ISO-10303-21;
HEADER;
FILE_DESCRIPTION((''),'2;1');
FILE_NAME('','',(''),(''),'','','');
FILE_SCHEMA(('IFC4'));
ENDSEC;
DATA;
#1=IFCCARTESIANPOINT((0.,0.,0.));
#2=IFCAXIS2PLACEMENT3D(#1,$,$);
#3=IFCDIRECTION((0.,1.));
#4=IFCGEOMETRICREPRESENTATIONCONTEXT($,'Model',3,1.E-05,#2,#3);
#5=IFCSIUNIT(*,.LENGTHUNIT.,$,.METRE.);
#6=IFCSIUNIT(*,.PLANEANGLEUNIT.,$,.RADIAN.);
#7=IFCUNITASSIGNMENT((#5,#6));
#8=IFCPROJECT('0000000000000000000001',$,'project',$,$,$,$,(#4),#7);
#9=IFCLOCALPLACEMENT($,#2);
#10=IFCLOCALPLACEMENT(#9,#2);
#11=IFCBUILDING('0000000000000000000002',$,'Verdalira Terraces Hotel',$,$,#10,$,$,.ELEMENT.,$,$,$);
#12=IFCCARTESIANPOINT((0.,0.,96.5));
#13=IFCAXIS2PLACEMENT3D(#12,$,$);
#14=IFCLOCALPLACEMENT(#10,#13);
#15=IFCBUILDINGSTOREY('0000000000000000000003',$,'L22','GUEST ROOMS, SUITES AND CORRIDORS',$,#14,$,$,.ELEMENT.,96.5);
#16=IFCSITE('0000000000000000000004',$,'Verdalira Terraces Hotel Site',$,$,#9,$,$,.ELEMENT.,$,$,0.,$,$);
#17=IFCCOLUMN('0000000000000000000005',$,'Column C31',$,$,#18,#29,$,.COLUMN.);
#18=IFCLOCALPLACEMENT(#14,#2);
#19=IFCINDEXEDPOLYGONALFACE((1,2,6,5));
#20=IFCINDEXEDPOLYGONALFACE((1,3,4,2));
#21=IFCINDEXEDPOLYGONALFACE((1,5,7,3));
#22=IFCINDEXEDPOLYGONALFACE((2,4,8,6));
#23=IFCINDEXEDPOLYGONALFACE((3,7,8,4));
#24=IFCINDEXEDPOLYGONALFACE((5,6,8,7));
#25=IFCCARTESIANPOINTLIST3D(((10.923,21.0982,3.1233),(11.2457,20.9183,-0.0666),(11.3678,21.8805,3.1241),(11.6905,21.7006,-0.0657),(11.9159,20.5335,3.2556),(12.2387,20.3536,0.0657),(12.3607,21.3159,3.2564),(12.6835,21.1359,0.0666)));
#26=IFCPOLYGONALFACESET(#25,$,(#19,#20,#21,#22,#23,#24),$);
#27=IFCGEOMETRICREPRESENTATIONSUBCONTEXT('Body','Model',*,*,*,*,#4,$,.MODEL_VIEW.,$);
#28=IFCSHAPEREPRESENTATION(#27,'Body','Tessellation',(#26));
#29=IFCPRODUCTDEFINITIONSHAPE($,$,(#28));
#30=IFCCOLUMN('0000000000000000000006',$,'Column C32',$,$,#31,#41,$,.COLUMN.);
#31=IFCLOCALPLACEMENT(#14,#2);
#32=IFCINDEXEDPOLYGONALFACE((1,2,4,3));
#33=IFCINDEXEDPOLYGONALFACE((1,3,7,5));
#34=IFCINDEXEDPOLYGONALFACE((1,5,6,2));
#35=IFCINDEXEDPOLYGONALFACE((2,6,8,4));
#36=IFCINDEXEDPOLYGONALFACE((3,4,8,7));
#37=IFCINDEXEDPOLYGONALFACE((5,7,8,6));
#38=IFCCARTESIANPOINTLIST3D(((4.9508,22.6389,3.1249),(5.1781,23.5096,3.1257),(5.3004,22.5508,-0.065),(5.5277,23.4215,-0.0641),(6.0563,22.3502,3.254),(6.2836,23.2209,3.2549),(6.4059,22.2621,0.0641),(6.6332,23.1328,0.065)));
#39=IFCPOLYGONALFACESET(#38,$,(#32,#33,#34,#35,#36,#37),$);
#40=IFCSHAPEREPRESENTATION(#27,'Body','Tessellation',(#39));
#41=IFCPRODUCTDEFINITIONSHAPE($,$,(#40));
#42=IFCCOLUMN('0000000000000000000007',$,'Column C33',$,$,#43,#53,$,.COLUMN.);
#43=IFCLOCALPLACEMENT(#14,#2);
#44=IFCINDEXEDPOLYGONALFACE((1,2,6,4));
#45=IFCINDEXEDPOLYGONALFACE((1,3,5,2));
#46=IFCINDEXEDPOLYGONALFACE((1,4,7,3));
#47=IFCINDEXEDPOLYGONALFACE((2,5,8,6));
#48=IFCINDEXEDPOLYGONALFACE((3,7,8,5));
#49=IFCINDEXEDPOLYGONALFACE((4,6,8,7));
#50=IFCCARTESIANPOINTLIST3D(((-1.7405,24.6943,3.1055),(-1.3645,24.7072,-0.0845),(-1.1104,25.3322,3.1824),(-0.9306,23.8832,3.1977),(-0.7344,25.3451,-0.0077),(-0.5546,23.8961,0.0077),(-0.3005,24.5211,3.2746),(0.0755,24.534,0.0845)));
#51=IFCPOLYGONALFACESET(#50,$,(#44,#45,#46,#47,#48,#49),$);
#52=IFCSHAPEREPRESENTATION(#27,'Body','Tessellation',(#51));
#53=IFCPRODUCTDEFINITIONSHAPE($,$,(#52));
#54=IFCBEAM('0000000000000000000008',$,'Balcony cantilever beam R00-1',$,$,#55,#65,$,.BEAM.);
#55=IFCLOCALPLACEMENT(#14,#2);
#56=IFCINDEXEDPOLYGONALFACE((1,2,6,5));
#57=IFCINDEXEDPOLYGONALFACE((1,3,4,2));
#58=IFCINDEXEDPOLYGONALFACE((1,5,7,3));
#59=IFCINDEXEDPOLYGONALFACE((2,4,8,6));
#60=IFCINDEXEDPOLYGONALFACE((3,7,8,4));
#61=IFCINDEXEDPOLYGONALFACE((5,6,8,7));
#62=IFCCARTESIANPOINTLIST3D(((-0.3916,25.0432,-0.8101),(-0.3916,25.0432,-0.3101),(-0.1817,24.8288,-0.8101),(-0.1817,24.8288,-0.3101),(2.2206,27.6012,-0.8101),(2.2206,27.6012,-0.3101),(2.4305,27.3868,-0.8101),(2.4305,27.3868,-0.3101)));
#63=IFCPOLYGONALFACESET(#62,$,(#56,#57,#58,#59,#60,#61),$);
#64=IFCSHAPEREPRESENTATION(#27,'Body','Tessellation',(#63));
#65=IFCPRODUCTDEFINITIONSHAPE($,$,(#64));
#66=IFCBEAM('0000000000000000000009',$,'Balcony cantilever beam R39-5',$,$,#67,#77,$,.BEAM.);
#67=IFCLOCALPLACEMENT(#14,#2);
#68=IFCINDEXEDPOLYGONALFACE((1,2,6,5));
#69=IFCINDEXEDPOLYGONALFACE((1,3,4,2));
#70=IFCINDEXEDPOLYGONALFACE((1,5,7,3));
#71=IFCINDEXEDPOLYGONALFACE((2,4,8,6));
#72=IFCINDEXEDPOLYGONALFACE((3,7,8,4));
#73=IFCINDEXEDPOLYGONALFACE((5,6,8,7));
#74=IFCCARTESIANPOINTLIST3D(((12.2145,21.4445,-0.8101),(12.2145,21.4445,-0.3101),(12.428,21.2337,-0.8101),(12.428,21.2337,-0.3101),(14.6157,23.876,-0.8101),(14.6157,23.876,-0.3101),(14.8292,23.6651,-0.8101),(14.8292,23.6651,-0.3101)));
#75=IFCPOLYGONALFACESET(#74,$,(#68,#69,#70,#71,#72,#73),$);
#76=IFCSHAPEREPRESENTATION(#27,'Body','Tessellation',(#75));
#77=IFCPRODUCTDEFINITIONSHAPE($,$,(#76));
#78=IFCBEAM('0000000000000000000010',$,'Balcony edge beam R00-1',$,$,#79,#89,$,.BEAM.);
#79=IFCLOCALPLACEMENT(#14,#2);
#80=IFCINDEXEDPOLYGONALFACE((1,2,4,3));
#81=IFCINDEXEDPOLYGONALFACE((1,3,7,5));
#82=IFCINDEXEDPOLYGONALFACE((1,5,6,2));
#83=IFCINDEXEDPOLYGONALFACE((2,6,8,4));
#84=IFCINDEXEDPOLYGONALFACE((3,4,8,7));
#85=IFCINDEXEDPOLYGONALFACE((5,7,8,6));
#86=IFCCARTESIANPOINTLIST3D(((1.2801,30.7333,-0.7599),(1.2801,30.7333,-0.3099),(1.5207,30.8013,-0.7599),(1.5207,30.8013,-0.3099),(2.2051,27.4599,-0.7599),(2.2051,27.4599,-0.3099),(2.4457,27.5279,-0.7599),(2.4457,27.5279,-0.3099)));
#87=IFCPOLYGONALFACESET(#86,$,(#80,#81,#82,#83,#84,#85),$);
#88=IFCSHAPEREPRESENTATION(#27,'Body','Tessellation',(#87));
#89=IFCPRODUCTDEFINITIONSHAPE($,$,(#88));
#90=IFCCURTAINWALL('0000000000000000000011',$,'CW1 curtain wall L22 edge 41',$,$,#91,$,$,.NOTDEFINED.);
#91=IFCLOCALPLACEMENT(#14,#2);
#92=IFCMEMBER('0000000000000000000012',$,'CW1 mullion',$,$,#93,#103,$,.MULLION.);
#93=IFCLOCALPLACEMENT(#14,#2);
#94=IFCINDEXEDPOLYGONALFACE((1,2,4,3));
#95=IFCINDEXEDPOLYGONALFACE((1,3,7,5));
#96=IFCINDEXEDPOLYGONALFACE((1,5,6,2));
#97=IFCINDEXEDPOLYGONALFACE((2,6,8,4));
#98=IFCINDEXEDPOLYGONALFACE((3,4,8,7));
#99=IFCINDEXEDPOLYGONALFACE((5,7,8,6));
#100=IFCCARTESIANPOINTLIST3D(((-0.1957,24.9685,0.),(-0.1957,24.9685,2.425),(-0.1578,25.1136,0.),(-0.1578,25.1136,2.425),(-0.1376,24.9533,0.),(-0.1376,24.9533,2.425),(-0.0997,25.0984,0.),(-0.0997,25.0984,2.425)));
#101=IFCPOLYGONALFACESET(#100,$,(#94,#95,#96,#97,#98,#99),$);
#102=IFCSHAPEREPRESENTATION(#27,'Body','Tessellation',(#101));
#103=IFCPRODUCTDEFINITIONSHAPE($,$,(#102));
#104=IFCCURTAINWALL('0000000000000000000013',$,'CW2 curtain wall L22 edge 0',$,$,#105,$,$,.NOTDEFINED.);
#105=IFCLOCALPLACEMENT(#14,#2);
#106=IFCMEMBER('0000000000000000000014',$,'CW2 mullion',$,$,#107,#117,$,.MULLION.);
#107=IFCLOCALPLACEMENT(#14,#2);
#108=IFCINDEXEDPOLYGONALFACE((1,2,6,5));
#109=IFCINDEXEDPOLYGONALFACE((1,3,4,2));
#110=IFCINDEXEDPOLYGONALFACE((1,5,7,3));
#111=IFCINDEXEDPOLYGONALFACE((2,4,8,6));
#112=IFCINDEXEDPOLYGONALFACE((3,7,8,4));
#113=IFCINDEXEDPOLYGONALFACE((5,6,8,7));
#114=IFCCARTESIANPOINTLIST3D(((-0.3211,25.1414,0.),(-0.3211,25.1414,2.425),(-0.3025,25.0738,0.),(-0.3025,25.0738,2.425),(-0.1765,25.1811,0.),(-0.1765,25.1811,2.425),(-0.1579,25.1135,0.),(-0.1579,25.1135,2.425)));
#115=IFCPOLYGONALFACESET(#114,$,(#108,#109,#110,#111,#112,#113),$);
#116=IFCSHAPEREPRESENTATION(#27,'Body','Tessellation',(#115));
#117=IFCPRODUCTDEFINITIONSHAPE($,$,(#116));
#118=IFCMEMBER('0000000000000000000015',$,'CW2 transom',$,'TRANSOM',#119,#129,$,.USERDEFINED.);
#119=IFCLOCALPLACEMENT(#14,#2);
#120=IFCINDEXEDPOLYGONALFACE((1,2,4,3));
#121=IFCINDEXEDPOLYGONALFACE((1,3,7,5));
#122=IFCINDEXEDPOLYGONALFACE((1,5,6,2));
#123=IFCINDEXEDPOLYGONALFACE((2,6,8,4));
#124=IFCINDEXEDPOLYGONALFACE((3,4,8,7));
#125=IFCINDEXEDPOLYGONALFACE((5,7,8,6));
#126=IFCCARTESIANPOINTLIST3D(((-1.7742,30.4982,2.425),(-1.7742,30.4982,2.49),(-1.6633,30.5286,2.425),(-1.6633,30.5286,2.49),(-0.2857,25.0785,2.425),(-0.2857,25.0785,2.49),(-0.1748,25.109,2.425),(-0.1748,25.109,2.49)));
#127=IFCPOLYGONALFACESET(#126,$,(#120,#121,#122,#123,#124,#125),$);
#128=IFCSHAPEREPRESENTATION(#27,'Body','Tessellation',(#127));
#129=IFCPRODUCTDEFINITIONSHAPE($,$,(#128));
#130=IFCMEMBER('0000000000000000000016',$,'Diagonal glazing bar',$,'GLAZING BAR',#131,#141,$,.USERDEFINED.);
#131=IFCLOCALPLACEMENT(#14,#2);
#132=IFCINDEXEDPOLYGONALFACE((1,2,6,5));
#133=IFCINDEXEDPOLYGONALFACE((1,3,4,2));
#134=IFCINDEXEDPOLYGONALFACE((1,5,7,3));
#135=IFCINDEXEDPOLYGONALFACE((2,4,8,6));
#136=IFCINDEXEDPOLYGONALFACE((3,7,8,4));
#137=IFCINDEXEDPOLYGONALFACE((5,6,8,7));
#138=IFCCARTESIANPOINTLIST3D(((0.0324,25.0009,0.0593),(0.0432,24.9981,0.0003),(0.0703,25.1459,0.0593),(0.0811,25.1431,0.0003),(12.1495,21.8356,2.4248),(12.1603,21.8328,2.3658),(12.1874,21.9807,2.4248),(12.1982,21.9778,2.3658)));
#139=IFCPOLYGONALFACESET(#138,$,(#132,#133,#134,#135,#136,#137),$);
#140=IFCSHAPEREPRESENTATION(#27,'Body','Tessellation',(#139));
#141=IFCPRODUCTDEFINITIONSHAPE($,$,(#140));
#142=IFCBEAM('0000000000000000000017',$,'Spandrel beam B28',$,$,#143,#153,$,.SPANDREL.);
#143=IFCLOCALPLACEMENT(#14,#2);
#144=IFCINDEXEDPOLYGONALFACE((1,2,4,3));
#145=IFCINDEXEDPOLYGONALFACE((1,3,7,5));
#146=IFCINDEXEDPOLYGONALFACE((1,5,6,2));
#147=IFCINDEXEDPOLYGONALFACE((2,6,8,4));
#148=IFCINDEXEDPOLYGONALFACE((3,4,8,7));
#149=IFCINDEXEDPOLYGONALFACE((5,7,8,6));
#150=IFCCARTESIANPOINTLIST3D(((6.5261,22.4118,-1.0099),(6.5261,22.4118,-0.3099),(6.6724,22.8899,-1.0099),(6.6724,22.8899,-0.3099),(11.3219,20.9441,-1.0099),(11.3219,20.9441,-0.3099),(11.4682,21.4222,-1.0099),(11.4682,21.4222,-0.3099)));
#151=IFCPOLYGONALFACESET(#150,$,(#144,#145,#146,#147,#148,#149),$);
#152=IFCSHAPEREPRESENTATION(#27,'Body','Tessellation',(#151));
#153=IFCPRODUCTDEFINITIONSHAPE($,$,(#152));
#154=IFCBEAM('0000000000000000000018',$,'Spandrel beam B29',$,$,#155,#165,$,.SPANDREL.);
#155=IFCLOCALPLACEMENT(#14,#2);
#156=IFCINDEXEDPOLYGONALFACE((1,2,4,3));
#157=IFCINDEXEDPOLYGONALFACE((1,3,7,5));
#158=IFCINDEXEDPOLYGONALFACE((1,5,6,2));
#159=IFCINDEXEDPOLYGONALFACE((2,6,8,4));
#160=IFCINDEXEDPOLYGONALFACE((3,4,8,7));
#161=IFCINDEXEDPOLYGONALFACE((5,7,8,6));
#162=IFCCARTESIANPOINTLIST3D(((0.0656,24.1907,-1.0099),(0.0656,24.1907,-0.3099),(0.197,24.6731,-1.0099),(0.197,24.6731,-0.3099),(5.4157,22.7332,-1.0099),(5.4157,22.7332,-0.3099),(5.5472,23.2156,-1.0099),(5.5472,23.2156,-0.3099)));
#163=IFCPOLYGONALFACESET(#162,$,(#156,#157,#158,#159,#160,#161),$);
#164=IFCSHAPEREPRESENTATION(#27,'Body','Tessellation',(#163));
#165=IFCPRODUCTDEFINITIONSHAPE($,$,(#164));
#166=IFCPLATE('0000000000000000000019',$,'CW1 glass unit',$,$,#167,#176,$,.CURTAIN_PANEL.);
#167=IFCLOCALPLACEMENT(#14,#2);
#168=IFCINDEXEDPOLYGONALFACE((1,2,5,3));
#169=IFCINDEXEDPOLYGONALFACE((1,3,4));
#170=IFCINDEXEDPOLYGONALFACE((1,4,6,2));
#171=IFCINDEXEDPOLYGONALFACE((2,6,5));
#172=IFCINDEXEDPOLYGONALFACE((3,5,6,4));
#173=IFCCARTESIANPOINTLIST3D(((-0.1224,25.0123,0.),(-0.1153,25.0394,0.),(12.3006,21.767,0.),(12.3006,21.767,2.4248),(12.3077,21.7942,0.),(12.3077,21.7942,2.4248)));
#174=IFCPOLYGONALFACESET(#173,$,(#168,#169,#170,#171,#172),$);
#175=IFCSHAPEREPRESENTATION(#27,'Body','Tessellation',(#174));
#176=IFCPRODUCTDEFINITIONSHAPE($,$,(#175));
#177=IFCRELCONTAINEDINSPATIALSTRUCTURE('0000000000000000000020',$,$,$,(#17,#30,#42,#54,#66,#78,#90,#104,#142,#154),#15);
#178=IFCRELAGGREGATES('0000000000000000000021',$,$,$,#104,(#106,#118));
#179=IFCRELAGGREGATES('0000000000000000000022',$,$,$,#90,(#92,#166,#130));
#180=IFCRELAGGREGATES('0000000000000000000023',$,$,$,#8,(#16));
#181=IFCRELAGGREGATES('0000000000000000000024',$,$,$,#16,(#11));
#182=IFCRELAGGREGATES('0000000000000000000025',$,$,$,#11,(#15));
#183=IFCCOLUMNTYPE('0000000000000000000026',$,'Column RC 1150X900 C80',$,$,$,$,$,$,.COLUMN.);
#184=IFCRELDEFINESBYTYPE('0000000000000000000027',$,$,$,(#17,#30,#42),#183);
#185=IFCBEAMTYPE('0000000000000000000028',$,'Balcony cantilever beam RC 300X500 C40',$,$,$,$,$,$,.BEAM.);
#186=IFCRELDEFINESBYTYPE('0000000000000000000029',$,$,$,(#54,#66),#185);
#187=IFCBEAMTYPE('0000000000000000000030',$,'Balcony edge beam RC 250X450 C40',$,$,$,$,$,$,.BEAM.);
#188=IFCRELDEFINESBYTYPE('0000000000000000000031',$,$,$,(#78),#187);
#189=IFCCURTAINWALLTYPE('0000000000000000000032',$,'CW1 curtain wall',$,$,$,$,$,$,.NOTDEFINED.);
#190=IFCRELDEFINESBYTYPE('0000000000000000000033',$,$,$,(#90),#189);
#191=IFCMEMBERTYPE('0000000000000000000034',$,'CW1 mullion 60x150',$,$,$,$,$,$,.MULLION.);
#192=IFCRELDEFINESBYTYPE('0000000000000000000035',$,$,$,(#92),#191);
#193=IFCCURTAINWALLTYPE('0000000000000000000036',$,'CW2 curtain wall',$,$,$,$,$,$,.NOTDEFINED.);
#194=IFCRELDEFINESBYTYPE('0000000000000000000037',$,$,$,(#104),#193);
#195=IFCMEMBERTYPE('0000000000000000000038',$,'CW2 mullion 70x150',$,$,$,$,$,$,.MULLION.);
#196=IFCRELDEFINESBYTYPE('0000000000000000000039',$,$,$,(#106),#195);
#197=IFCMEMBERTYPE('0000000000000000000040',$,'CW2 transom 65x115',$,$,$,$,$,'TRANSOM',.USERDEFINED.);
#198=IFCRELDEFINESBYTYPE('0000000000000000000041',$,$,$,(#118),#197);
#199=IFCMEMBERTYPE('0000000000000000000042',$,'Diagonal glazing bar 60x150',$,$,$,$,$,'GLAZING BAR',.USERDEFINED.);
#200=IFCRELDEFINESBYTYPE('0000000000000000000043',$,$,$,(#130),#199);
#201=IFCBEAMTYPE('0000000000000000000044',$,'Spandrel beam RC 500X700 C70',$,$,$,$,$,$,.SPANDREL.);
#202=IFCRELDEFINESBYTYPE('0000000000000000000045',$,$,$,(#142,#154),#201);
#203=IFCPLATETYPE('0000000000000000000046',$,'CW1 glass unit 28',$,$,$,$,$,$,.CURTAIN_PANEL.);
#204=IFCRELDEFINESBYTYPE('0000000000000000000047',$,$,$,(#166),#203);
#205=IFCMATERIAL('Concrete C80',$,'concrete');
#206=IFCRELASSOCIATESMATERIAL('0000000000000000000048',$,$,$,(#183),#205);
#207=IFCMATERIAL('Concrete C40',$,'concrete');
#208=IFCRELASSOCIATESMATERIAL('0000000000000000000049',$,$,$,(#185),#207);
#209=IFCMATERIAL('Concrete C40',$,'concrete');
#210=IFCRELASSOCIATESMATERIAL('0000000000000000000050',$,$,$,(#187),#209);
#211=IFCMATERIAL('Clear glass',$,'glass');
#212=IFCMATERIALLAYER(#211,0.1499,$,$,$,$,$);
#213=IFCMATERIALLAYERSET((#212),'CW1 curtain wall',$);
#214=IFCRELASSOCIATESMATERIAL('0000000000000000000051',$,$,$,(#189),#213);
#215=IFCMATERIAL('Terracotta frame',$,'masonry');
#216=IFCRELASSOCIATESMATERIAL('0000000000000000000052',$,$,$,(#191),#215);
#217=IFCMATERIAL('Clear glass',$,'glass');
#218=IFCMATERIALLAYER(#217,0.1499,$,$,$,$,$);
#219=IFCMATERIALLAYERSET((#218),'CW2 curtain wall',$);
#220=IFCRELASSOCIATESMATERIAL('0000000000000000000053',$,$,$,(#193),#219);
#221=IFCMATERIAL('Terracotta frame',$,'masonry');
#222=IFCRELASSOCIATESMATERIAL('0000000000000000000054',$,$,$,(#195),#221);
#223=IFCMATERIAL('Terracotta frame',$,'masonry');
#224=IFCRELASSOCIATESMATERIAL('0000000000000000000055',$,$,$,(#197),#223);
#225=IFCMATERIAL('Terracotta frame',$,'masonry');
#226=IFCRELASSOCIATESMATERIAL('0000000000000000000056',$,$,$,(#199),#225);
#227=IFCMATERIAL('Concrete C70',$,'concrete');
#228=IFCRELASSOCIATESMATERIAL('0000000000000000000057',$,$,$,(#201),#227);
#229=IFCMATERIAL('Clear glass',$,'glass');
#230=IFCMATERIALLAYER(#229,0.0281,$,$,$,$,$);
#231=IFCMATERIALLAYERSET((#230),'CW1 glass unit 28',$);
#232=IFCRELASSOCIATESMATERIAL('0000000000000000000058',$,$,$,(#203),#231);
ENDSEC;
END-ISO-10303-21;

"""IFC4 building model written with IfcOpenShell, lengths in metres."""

from ifc_helpers import new_model, si_unit, direction, frame, origin, origin_2d, place, context, subcontext, project, spatial, polyline, rectangle, outline, extrude, material, layer, layer_set, material_profile, profile_set, type_object, element, aggregate, save


model = new_model("IFC4")

# Units and contexts
model_context = context("Model", 3, precision=1e-05, world=origin(), true_north=direction((0.0, 1.0)))
body_context = subcontext(model_context, "Body", "Model", "MODEL_VIEW")
ifc_project = project(units=[si_unit("LENGTHUNIT", "METRE"), si_unit("PLANEANGLEUNIT", "RADIAN")], contexts=[model_context])

# Site, building, storey
site_placement = place(None, origin())
site = spatial("IfcSite", under=ifc_project, at=site_placement, Name="Verdalira Terraces Hotel Site", CompositionType="ELEMENT", RefElevation=0.0)
building_placement = place(site_placement, origin())
building = spatial("IfcBuilding", under=site, at=building_placement, Name="Verdalira Terraces Hotel", CompositionType="ELEMENT")
storey_placement = place(building_placement, frame((0.0, 0.0, 96.5)))
storey = spatial("IfcBuildingStorey", under=building, at=storey_placement, Name="L22", Description="GUEST ROOMS, SUITES AND CORRIDORS", CompositionType="ELEMENT", Elevation=96.5)

# Columns
ifc_material_1 = material(Name="Concrete C80", Category="concrete")
ifc_material_profile_1 = material_profile(ifc_material_1, rectangle(XDim=1.1499, YDim=0.8999, at=origin_2d()), Name="RC 1150X900")
ifc_profile_set_1 = profile_set([ifc_material_profile_1], Name="Concrete C80")
column_type = type_object("IfcColumnType", Name="Column RC 1150X900 C80", PredefinedType="COLUMN", material=ifc_profile_set_1)
column_1_placement = place(storey_placement, frame((11.9646, 21.0271, 0.0), z_axis=(-0.100507, 0.056031, 0.993357), x_axis=(0.8635, -0.491047, 0.115066)))
element("IfcColumn", 1, at=column_1_placement, inside=storey, type_object=column_type, Name="Column C31", PredefinedType="COLUMN", context=body_context, shape_type="SweptSolid", body=[
    extrude(rectangle(XDim=1.1499, YDim=0.8999, at=origin_2d()), origin(), (0.0, 0.0, 1.0), 3.2112),
])
column_2_placement = place(storey_placement, frame((5.9668, 22.8418, 0.0), z_axis=(-0.108904, 0.027454, 0.993673), x_axis=(-0.961432, 0.251068, -0.112307)))
element("IfcColumn", 2, at=column_2_placement, inside=storey, type_object=column_type, Name="Column C32", PredefinedType="COLUMN", context=body_context, shape_type="SweptSolid", body=[
    extrude(rectangle(XDim=1.1499, YDim=0.8999, at=origin_2d()), origin(), (0.0, 0.0, 1.0), 3.2102),
])
column_3_placement = place(storey_placement, frame((-0.6445, 24.6206, 0.0), z_axis=(-0.117052, -0.004028, 0.993118), x_axis=(0.704298, -0.705366, 0.08015)))
element("IfcColumn", 3, at=column_3_placement, inside=storey, type_object=column_type, Name="Column C33", PredefinedType="COLUMN", context=body_context, shape_type="SweptSolid", body=[
    extrude(rectangle(XDim=1.1499, YDim=0.8999, at=origin_2d()), origin(), (0.0, 0.0, 1.0), 3.2122),
])

# Beams
ifc_material_2 = material(Name="Concrete C40", Category="concrete")
ifc_material_profile_2 = material_profile(ifc_material_2, rectangle(XDim=0.3, YDim=0.5, at=origin_2d()), Name="RC 300X500")
ifc_profile_set_2 = profile_set([ifc_material_profile_2], Name="Concrete C40")
beam_type_1 = type_object("IfcBeamType", Name="Balcony cantilever beam RC 300X500 C40", PredefinedType="BEAM", material=ifc_profile_set_2)
beam_1_placement = place(storey_placement, frame((-0.2866, 24.936, -0.5601), z_axis=(0.714481, 0.699655, 0.0), x_axis=(-0.699655, 0.714481, 0.0)))
element("IfcBeam", 4, at=beam_1_placement, inside=storey, type_object=beam_type_1, Name="Balcony cantilever beam R00-1", PredefinedType="BEAM", context=body_context, shape_type="SweptSolid", body=[
    extrude(rectangle(XDim=0.3, YDim=0.5, at=origin_2d()), origin(), (0.0, 0.0, 1.0), 3.656),
])
beam_2_placement = place(storey_placement, frame((12.3213, 21.3391, -0.5601), z_axis=(0.702663, 0.711523, 0.0), x_axis=(-0.711523, 0.702663, 0.0)))
element("IfcBeam", 5, at=beam_2_placement, inside=storey, type_object=beam_type_1, Name="Balcony cantilever beam R39-5", PredefinedType="BEAM", context=body_context, shape_type="SweptSolid", body=[
    extrude(rectangle(XDim=0.3, YDim=0.5, at=origin_2d()), origin(), (0.0, 0.0, 1.0), 3.4172),
])
ifc_material_3 = material(Name="Concrete C40", Category="concrete")
ifc_material_profile_3 = material_profile(ifc_material_3, rectangle(XDim=0.25, YDim=0.45, at=origin_2d()), Name="RC 250X450")
ifc_profile_set_3 = profile_set([ifc_material_profile_3], Name="Concrete C40")
beam_type_2 = type_object("IfcBeamType", Name="Balcony edge beam RC 250X450 C40", PredefinedType="BEAM", material=ifc_profile_set_3)
beam_3_placement = place(storey_placement, frame((2.3254, 27.4939, -0.5349), z_axis=(-0.271943, 0.962313, 0.0), x_axis=(-0.962313, -0.271943, 0.0)))
element("IfcBeam", 6, at=beam_3_placement, inside=storey, type_object=beam_type_2, Name="Balcony edge beam R00-1", PredefinedType="BEAM", context=body_context, shape_type="SweptSolid", body=[
    extrude(rectangle(XDim=0.25, YDim=0.45, at=origin_2d()), origin(), (0.0, 0.0, 1.0), 3.4016),
])

# Curtain wall, member
ifc_material_4 = material(Name="Clear glass", Category="glass")
ifc_layer_1 = layer(ifc_material_4, 0.1499)
ifc_layer_set_1 = layer_set([ifc_layer_1], Name="CW1 curtain wall")
curtain_wall_type_1 = type_object("IfcCurtainWallType", Name="CW1 curtain wall", PredefinedType="NOTDEFINED", material=ifc_layer_set_1)
curtain_wall_1_placement = place(storey_placement, origin())
curtain_wall_1 = element("IfcCurtainWall", 7, at=curtain_wall_1_placement, inside=storey, type_object=curtain_wall_type_1, Name="CW1 curtain wall L22 edge 41", PredefinedType="NOTDEFINED")
ifc_material_5 = material(Name="Terracotta frame", Category="masonry")
ifc_material_profile_4 = material_profile(ifc_material_5, rectangle(XDim=0.0601, YDim=0.1499, at=origin_2d()), Name="MU 60x150")
ifc_profile_set_4 = profile_set([ifc_material_profile_4], Name="Terracotta frame")
member_type_1 = type_object("IfcMemberType", Name="CW1 mullion 60x150", PredefinedType="MULLION", material=ifc_profile_set_4)
member_1_placement = place(storey_placement, frame((-0.1477, 25.0334, 0.0), z_axis=(0.0, 0.0, 1.0), x_axis=(-0.967533, 0.252745, 0.0)))
member_1 = element("IfcMember", 8, at=member_1_placement, type_object=member_type_1, Name="CW1 mullion", PredefinedType="MULLION", context=body_context, shape_type="SweptSolid", body=[
    extrude(rectangle(XDim=0.0601, YDim=0.1499, at=origin_2d()), origin(), (0.0, 0.0, 1.0), 2.425),
])

# Curtain wall, members
ifc_material_6 = material(Name="Clear glass", Category="glass")
ifc_layer_2 = layer(ifc_material_6, 0.1499)
ifc_layer_set_2 = layer_set([ifc_layer_2], Name="CW2 curtain wall")
curtain_wall_type_2 = type_object("IfcCurtainWallType", Name="CW2 curtain wall", PredefinedType="NOTDEFINED", material=ifc_layer_set_2)
curtain_wall_2_placement = place(storey_placement, origin())
curtain_wall_2 = element("IfcCurtainWall", 9, at=curtain_wall_2_placement, inside=storey, type_object=curtain_wall_type_2, Name="CW2 curtain wall L22 edge 0", PredefinedType="NOTDEFINED")
ifc_material_7 = material(Name="Terracotta frame", Category="masonry")
ifc_material_profile_5 = material_profile(ifc_material_7, rectangle(XDim=0.0701, YDim=0.1499, at=origin_2d()), Name="MU 70x150")
ifc_profile_set_5 = profile_set([ifc_material_profile_5], Name="Terracotta frame")
member_type_2 = type_object("IfcMemberType", Name="CW2 mullion 70x150", PredefinedType="MULLION", material=ifc_profile_set_5)
member_2_placement = place(storey_placement, frame((-0.2395, 25.1274, 0.0), z_axis=(0.0, 0.0, 1.0), x_axis=(-0.264883, 0.964281, 0.0)))
member_2 = element("IfcMember", 10, at=member_2_placement, type_object=member_type_2, Name="CW2 mullion", PredefinedType="MULLION", context=body_context, shape_type="SweptSolid", body=[
    extrude(rectangle(XDim=0.0701, YDim=0.1499, at=origin_2d()), origin(), (0.0, 0.0, 1.0), 2.425),
])
ifc_material_8 = material(Name="Terracotta frame", Category="masonry")
ifc_material_profile_6 = material_profile(ifc_material_8, rectangle(XDim=0.115, YDim=0.0649, at=origin_2d()), Name="TR 65x115")
ifc_profile_set_6 = profile_set([ifc_material_profile_6], Name="Terracotta frame")
member_type_3 = type_object("IfcMemberType", Name="CW2 transom 65x115", ElementType="TRANSOM", PredefinedType="USERDEFINED", material=ifc_profile_set_6)
member_3_placement = place(storey_placement, frame((-0.2302, 25.0938, 2.4575), z_axis=(-0.264844, 0.964291, 0.0), x_axis=(-0.964291, -0.264844, 0.0)))
member_3 = element("IfcMember", 11, at=member_3_placement, type_object=member_type_3, Name="CW2 transom", ObjectType="TRANSOM", PredefinedType="USERDEFINED", context=body_context, shape_type="SweptSolid", body=[
    extrude(rectangle(XDim=0.115, YDim=0.0649, at=origin_2d()), origin(), (0.0, 0.0, 1.0), 5.6204),
])
aggregate(curtain_wall_2, [member_2, member_3])

# Member
ifc_material_9 = material(Name="Terracotta frame", Category="masonry")
ifc_material_profile_7 = material_profile(ifc_material_9, rectangle(XDim=0.1499, YDim=0.0601, at=origin_2d()), Name="GB 60x150")
ifc_profile_set_7 = profile_set([ifc_material_profile_7], Name="Terracotta frame")
member_type_4 = type_object("IfcMemberType", Name="Diagonal glazing bar 60x150", ElementType="GLAZING BAR", PredefinedType="USERDEFINED", material=ifc_profile_set_7)
member_4_placement = place(storey_placement, frame((12.1738, 21.9067, 2.3953), z_axis=(-0.950724, 0.248351, -0.185597), x_axis=(-0.252742, -0.967534, 0.0)))
member_4 = element("IfcMember", 12, at=member_4_placement, type_object=member_type_4, Name="Diagonal glazing bar", ObjectType="GLAZING BAR", PredefinedType="USERDEFINED", context=body_context, shape_type="SweptSolid", body=[
    extrude(rectangle(XDim=0.1499, YDim=0.0601, at=origin_2d()), origin(), (0.0, 0.0, 1.0), 12.7451),
])

# Beams
ifc_material_10 = material(Name="Concrete C70", Category="concrete")
ifc_material_profile_8 = material_profile(ifc_material_10, rectangle(XDim=0.5, YDim=0.7, at=origin_2d()), Name="RC 500X700")
ifc_profile_set_8 = profile_set([ifc_material_profile_8], Name="Concrete C70")
beam_type_3 = type_object("IfcBeamType", Name="Spandrel beam RC 500X700 C70", PredefinedType="SPANDREL", material=ifc_profile_set_8)
beam_4_placement = place(storey_placement, frame((11.395, 21.1831, -0.6599), z_axis=(-0.95622, 0.292649, 0.0), x_axis=(-0.292649, -0.95622, 0.0)))
element("IfcBeam", 13, at=beam_4_placement, inside=storey, type_object=beam_type_3, Name="Spandrel beam B28", PredefinedType="SPANDREL", context=body_context, shape_type="SweptSolid", body=[
    extrude(rectangle(XDim=0.5, YDim=0.7, at=origin_2d()), origin(), (0.0, 0.0, 1.0), 5.0154),
])
beam_5_placement = place(storey_placement, frame((5.4814, 22.9744, -0.6599), z_axis=(-0.964837, 0.262849, 0.0), x_axis=(-0.262849, -0.964837, 0.0)))
element("IfcBeam", 14, at=beam_5_placement, inside=storey, type_object=beam_type_3, Name="Spandrel beam B29", PredefinedType="SPANDREL", context=body_context, shape_type="SweptSolid", body=[
    extrude(rectangle(XDim=0.5, YDim=0.7, at=origin_2d()), origin(), (0.0, 0.0, 1.0), 5.5452),
])

# Plate
ifc_material_11 = material(Name="Clear glass", Category="glass")
ifc_layer_3 = layer(ifc_material_11, 0.0281)
ifc_layer_set_3 = layer_set([ifc_layer_3], Name="CW1 glass unit 28")
plate_type = type_object("IfcPlateType", Name="CW1 glass unit 28", PredefinedType="CURTAIN_PANEL", material=ifc_layer_set_3)
plate_1_placement = place(storey_placement, frame((6.0891, 23.3896, 1.2124), z_axis=(0.252745, 0.967533, 0.0), x_axis=(-0.967533, 0.252745, 0.0)))
plate_1 = element("IfcPlate", 15, at=plate_1_placement, type_object=plate_type, Name="CW1 glass unit", PredefinedType="CURTAIN_PANEL", context=body_context, shape_type="SweptSolid", body=[
    extrude(outline(polyline([(-6.4199, -1.2124), (6.4199, -1.2124), (-6.4199, 1.2124), (-6.4199, -1.2124)])), origin(), (0.0, 0.0, 1.0), 0.0281),
])
aggregate(curtain_wall_1, [member_1, plate_1, member_4])

save(model, "model.ifc")
